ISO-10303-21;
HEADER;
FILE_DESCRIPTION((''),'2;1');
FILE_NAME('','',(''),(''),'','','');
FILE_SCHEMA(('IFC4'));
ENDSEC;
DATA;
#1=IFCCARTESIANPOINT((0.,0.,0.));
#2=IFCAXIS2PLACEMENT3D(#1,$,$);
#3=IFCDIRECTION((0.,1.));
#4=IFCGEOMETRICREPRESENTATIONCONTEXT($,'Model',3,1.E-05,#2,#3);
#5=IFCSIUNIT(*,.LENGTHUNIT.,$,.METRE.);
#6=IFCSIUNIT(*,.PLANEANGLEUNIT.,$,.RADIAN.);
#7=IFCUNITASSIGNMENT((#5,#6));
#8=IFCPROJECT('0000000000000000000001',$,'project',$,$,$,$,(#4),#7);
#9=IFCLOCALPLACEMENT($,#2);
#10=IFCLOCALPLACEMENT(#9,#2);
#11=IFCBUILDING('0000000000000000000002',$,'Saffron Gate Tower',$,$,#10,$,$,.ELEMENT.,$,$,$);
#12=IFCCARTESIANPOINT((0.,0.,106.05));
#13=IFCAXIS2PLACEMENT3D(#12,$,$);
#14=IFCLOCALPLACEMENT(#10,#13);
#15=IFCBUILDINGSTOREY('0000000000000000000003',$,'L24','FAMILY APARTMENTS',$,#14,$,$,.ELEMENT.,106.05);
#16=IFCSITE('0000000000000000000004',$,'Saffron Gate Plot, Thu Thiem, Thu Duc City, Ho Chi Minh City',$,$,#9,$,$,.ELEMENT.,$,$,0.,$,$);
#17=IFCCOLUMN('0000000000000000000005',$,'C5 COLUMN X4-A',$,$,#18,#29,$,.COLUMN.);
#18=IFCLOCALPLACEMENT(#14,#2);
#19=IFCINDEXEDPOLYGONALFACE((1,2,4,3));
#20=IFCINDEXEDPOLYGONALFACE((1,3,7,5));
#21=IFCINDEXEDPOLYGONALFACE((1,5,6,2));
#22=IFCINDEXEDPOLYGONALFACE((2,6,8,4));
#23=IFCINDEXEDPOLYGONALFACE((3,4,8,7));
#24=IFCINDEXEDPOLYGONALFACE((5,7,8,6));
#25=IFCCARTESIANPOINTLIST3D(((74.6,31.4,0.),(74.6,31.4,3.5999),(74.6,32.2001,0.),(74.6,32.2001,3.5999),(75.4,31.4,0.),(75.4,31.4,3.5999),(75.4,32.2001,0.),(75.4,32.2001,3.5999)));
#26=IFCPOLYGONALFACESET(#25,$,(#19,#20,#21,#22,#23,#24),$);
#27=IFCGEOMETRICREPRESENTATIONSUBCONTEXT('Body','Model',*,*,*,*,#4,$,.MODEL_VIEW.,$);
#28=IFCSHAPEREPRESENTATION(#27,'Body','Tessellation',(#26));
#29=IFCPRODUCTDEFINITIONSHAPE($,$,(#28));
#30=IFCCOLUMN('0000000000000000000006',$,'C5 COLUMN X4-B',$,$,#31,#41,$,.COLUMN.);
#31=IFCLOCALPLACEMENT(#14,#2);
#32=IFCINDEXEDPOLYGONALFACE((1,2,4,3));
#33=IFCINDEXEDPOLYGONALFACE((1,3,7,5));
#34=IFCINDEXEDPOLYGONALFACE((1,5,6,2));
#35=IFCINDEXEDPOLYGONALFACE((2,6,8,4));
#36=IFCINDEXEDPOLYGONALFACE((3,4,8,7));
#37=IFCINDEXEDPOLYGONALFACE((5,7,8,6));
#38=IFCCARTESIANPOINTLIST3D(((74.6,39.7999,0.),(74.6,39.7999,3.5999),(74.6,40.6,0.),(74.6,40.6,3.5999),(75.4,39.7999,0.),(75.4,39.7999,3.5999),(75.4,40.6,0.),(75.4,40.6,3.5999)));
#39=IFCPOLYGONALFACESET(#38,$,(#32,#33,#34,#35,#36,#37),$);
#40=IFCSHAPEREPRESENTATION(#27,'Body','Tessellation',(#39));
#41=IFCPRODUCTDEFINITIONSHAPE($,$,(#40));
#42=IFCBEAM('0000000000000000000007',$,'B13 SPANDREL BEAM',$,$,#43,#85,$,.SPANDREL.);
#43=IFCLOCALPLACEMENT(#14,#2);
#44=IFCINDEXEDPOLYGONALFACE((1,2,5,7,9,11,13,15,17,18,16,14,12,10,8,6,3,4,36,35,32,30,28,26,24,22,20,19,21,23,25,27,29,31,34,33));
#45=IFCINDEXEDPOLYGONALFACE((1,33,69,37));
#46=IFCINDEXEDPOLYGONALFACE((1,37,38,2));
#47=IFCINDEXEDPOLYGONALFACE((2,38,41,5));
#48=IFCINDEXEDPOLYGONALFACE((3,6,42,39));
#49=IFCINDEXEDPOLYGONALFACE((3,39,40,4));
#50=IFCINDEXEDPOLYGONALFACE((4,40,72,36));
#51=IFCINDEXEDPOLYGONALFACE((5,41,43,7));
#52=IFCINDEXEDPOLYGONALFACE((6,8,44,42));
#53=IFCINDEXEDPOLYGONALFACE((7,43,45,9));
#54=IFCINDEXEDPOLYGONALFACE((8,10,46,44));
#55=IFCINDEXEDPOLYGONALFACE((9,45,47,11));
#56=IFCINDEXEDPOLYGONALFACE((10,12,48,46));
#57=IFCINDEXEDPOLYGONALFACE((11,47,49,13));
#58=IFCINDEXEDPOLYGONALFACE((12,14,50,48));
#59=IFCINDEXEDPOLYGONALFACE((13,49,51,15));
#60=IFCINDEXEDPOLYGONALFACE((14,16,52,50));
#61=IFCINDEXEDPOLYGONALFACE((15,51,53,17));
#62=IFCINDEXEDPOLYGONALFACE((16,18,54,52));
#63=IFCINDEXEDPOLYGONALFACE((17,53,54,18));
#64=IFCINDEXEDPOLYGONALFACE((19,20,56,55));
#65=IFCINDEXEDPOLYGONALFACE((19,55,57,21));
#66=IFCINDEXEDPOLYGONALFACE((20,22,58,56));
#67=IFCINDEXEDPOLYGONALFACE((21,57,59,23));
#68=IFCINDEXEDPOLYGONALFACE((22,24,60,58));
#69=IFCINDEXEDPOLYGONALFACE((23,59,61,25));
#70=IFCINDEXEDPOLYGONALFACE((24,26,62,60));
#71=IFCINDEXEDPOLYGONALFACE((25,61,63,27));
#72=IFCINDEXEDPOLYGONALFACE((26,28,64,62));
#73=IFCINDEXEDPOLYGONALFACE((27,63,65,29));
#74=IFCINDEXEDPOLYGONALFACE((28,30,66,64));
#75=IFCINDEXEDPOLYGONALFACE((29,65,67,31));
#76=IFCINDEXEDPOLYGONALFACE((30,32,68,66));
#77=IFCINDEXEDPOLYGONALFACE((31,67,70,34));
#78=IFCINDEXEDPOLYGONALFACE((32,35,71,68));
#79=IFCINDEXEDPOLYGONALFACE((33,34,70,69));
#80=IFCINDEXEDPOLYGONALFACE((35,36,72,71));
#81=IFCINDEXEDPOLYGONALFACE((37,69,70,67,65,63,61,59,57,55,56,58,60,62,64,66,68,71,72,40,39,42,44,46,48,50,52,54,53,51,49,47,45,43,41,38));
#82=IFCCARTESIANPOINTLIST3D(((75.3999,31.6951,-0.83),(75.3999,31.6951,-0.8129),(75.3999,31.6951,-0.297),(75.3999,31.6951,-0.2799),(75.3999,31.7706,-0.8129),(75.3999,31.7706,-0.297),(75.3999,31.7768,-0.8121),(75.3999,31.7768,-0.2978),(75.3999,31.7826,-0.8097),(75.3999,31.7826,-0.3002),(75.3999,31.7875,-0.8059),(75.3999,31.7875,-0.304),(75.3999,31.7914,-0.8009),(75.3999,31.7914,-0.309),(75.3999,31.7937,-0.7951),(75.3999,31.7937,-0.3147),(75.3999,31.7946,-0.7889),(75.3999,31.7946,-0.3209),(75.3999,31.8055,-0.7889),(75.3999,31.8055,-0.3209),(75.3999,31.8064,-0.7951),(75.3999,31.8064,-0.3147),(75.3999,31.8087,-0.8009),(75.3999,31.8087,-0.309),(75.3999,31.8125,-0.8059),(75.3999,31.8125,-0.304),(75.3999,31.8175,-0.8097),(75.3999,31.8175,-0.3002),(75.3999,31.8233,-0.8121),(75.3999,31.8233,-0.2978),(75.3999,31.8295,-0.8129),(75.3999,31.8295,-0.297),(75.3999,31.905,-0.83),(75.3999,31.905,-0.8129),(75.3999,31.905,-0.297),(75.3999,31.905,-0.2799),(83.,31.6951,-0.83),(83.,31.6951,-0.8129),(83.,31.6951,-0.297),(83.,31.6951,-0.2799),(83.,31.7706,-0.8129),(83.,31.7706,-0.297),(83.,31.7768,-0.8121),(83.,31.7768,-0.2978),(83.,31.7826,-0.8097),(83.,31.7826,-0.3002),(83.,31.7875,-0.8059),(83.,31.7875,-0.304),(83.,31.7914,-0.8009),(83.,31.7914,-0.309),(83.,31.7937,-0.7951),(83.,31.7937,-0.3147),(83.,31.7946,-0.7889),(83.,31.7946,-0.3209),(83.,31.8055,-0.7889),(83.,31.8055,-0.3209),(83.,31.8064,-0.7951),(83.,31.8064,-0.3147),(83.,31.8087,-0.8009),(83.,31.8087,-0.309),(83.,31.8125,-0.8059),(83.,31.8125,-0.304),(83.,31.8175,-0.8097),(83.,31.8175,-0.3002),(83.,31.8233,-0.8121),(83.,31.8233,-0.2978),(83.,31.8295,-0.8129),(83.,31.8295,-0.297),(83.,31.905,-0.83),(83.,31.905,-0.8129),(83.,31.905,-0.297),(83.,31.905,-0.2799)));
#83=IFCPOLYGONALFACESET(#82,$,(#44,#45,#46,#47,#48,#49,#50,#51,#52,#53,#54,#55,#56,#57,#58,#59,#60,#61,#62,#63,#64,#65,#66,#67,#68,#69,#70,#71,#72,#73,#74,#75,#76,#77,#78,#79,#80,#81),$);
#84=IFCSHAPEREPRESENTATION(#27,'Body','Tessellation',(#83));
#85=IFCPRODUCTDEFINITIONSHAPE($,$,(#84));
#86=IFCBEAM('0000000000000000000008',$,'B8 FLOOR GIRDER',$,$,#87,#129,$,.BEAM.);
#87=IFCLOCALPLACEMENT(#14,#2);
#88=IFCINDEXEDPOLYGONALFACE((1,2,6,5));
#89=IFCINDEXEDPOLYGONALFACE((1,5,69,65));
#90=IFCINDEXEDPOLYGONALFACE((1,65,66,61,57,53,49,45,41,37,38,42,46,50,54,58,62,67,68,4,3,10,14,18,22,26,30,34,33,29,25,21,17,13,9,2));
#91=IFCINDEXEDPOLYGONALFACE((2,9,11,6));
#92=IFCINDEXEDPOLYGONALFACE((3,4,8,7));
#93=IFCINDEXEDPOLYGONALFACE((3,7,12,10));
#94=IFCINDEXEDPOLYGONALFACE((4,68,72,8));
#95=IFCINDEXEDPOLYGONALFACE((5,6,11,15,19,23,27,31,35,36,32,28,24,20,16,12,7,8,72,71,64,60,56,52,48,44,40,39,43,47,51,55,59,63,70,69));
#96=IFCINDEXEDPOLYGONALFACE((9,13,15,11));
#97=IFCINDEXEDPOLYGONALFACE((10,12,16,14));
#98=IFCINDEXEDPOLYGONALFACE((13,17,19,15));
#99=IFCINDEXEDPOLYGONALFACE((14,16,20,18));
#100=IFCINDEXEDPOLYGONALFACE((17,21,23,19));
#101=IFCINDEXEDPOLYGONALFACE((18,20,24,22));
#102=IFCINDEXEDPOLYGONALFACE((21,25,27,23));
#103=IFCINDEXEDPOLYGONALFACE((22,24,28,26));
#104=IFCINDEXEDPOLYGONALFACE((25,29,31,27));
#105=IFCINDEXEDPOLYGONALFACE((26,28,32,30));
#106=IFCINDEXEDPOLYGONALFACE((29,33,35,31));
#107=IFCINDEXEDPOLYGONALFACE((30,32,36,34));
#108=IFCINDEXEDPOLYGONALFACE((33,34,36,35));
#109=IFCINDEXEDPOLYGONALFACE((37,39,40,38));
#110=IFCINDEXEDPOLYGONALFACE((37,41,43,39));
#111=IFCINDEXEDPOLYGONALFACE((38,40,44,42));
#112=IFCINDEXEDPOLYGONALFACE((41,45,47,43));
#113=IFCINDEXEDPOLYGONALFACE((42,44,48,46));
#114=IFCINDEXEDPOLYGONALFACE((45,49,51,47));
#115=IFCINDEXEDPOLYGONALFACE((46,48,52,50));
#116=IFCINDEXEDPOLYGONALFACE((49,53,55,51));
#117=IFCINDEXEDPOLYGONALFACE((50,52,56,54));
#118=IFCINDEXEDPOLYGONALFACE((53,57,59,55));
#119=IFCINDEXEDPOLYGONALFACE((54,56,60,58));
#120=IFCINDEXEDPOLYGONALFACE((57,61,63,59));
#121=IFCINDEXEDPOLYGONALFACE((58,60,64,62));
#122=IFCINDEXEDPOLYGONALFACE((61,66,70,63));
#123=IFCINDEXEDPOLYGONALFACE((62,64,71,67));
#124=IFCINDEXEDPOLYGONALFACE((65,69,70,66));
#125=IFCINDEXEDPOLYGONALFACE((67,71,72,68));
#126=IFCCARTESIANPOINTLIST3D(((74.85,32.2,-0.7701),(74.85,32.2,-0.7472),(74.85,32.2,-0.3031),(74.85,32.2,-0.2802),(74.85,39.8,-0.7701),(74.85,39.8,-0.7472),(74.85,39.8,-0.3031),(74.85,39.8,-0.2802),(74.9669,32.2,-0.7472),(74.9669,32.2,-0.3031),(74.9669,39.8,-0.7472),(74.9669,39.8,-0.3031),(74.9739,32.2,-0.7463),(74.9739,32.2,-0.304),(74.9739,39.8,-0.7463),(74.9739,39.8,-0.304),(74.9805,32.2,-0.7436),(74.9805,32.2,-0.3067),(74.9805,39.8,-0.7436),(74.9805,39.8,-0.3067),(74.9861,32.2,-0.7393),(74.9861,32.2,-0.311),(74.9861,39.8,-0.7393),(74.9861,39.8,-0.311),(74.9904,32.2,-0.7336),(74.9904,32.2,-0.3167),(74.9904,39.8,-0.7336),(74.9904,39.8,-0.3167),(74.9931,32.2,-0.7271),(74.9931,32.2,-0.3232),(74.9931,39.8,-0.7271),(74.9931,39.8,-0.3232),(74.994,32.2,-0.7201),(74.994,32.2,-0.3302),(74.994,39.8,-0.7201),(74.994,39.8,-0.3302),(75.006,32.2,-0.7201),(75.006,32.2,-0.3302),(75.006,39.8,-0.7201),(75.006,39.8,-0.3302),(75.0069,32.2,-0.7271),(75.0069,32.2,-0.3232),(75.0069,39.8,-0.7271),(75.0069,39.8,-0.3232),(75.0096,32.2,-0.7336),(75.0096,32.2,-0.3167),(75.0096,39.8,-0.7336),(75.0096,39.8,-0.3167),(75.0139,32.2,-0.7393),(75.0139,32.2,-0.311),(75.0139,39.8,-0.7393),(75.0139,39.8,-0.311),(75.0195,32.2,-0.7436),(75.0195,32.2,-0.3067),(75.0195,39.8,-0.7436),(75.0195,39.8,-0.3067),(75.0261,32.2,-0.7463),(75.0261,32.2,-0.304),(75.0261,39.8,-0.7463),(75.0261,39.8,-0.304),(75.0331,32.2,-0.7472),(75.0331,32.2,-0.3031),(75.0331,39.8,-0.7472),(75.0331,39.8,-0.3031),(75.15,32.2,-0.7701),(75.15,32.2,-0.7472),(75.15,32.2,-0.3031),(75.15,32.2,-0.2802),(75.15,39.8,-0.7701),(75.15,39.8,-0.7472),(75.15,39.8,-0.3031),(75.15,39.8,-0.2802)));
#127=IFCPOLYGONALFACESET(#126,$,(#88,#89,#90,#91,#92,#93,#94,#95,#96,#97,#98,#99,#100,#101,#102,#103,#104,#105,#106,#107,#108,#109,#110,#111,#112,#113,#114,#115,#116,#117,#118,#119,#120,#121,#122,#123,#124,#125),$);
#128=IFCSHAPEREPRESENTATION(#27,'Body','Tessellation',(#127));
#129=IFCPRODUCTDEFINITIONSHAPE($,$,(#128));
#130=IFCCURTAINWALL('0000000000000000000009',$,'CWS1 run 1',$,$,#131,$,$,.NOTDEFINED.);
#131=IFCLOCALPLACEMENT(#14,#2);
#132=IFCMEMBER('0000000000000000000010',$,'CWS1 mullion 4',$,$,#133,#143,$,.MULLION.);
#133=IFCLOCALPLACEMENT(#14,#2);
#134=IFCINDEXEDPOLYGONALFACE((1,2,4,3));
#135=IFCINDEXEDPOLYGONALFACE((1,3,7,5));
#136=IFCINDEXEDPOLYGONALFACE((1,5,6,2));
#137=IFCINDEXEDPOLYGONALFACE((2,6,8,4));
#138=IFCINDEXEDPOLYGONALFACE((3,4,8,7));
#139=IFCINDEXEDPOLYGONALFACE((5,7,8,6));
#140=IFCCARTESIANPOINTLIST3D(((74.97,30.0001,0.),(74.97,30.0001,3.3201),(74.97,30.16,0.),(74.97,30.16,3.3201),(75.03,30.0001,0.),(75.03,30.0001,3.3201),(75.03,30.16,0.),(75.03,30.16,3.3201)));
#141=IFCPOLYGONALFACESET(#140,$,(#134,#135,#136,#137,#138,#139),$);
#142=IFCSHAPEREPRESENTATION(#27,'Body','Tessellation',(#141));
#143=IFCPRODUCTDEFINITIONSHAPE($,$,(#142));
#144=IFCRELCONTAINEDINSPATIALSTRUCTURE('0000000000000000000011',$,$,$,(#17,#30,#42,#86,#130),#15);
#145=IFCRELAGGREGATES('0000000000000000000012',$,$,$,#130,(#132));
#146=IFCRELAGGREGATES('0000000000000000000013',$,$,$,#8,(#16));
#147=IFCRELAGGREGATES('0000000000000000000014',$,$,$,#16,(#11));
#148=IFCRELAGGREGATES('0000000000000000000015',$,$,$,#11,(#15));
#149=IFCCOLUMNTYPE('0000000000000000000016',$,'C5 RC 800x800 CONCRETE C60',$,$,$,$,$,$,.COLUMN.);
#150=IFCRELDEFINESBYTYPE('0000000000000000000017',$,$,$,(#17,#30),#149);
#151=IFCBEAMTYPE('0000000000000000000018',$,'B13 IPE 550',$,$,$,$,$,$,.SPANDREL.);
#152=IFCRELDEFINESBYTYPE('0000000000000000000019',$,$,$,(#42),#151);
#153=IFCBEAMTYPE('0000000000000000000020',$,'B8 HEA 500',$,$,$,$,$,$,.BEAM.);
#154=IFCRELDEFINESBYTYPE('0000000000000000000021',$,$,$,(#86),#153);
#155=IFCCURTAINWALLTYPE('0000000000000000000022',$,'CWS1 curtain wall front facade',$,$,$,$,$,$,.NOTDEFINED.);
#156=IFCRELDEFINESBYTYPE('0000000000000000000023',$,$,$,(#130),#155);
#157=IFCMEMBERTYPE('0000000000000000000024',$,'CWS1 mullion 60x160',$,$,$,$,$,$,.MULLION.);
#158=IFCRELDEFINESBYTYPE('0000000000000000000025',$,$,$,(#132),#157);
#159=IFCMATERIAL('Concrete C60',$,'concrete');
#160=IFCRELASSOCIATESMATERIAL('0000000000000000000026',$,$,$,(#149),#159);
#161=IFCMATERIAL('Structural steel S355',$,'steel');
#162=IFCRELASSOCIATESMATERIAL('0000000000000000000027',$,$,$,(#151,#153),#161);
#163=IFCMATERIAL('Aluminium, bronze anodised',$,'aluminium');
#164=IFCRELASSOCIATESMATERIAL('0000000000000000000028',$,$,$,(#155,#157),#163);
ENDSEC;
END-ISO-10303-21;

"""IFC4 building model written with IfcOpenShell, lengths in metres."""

from ifc_helpers import new_model, si_unit, direction, frame, origin, origin_2d, place, context, subcontext, project, spatial, rectangle, i_section, extrude, material, material_profile, profile_set, type_object, element, aggregate, save


model = new_model("IFC4")

# Units and contexts
model_context = context("Model", 3, precision=1e-05, world=origin(), true_north=direction((0.0, 1.0)))
body_context = subcontext(model_context, "Body", "Model", "MODEL_VIEW")
ifc_project = project(units=[si_unit("LENGTHUNIT", "METRE"), si_unit("PLANEANGLEUNIT", "RADIAN")], contexts=[model_context])

# Site, building, storey
site_placement = place(None, origin())
site = spatial("IfcSite", under=ifc_project, at=site_placement, Name="Saffron Gate Plot, Thu Thiem, Thu Duc City, Ho Chi Minh City", CompositionType="ELEMENT", RefElevation=0.0)
building_placement = place(site_placement, origin())
building = spatial("IfcBuilding", under=site, at=building_placement, Name="Saffron Gate Tower", CompositionType="ELEMENT")
storey_placement = place(building_placement, frame((0.0, 0.0, 106.05)))
storey = spatial("IfcBuildingStorey", under=building, at=storey_placement, Name="L24", Description="FAMILY APARTMENTS", CompositionType="ELEMENT", Elevation=106.05)

# Columns
ifc_material_1 = material(Name="Concrete C60", Category="concrete")
ifc_material_profile_1 = material_profile(ifc_material_1, rectangle(XDim=0.8, YDim=0.8, at=origin_2d()))
ifc_profile_set_1 = profile_set([ifc_material_profile_1], Name="Concrete C60")
column_type = type_object("IfcColumnType", Name="C5 RC 800x800 CONCRETE C60", PredefinedType="COLUMN", material=ifc_profile_set_1)
for number, where, z_axis, x_axis, name in (
    (1, (75.0, 31.8, 0.0), (0.0, 0.0, 1.0), (1.0, 0.0, 0.0), "C5 COLUMN X4-A"),
    (2, (75.0, 40.2, 0.0), (0.0, 0.0, 1.0), (1.0, 0.0, 0.0), "C5 COLUMN X4-B"),
):
    element("IfcColumn", number, at=place(storey_placement, frame(where, z_axis=z_axis, x_axis=x_axis)), inside=storey, type_object=column_type, Name=name, PredefinedType="COLUMN", context=body_context, shape_type="SweptSolid", body=[
        extrude(rectangle(XDim=0.8, YDim=0.8, at=origin_2d()), origin(), (0.0, 0.0, 1.0), 3.5999),
    ])

# Beams
ifc_material_2 = material(Name="Structural steel S355", Category="steel")
ifc_material_profile_2 = material_profile(ifc_material_2, i_section(OverallWidth=0.21, OverallDepth=0.55, WebThickness=0.011, FlangeThickness=0.0171, FilletRadius=0.0239, at=origin_2d()))
ifc_profile_set_2 = profile_set([ifc_material_profile_2], Name="Structural steel S355")
beam_type_1 = type_object("IfcBeamType", Name="B13 IPE 550", PredefinedType="SPANDREL", material=ifc_profile_set_2)
beam_1_placement = place(storey_placement, frame((75.3999, 31.8, -0.5549), z_axis=(1.0, 0.0, 0.0), x_axis=(0.0, 1.0, 0.0)))
element("IfcBeam", 3, at=beam_1_placement, inside=storey, type_object=beam_type_1, Name="B13 SPANDREL BEAM", PredefinedType="SPANDREL", context=body_context, shape_type="SweptSolid", body=[
    extrude(i_section(OverallWidth=0.21, OverallDepth=0.55, WebThickness=0.011, FlangeThickness=0.0171, FilletRadius=0.0239, at=origin_2d()), origin(), (0.0, 0.0, 1.0), 7.6001),
])
ifc_material_profile_3 = material_profile(ifc_material_2, i_section(OverallWidth=0.3, OverallDepth=0.49, WebThickness=0.012, FlangeThickness=0.0229, FilletRadius=0.0271, at=origin_2d()))
ifc_profile_set_3 = profile_set([ifc_material_profile_3], Name="Structural steel S355")
beam_type_2 = type_object("IfcBeamType", Name="B8 HEA 500", PredefinedType="BEAM", material=ifc_profile_set_3)
beam_2_placement = place(storey_placement, frame((75.0, 32.2, -0.5251), z_axis=(0.0, 1.0, 0.0), x_axis=(-1.0, 0.0, 0.0)))
element("IfcBeam", 4, at=beam_2_placement, inside=storey, type_object=beam_type_2, Name="B8 FLOOR GIRDER", PredefinedType="BEAM", context=body_context, shape_type="SweptSolid", body=[
    extrude(i_section(OverallWidth=0.3, OverallDepth=0.49, WebThickness=0.012, FlangeThickness=0.0229, FilletRadius=0.0271, at=origin_2d()), origin(), (0.0, 0.0, 1.0), 7.6001),
])

# Curtain wall, member
ifc_material_3 = material(Name="Aluminium, bronze anodised", Category="aluminium")
curtain_wall_type = type_object("IfcCurtainWallType", Name="CWS1 curtain wall front facade", PredefinedType="NOTDEFINED", material=ifc_material_3)
curtain_wall_placement = place(storey_placement, origin())
curtain_wall = element("IfcCurtainWall", 5, at=curtain_wall_placement, inside=storey, type_object=curtain_wall_type, Name="CWS1 run 1", PredefinedType="NOTDEFINED")
ifc_material_profile_4 = material_profile(ifc_material_3, rectangle(XDim=0.1599, YDim=0.0601, at=origin_2d()))
ifc_profile_set_4 = profile_set([ifc_material_profile_4], Name="Aluminium, bronze anodised")
member_type = type_object("IfcMemberType", Name="CWS1 mullion 60x160", PredefinedType="MULLION", material=ifc_profile_set_4)
member_placement = place(storey_placement, frame((75.0, 30.0801, 0.0), z_axis=(0.0, 0.0, 1.0), x_axis=(0.0, 1.0, 0.0)))
member = element("IfcMember", 6, at=member_placement, type_object=member_type, Name="CWS1 mullion 4", PredefinedType="MULLION", context=body_context, shape_type="SweptSolid", body=[
    extrude(rectangle(XDim=0.1599, YDim=0.0601, at=origin_2d()), origin(), (0.0, 0.0, 1.0), 3.3201),
])
aggregate(curtain_wall, [member])

save(model, "model.ifc")
